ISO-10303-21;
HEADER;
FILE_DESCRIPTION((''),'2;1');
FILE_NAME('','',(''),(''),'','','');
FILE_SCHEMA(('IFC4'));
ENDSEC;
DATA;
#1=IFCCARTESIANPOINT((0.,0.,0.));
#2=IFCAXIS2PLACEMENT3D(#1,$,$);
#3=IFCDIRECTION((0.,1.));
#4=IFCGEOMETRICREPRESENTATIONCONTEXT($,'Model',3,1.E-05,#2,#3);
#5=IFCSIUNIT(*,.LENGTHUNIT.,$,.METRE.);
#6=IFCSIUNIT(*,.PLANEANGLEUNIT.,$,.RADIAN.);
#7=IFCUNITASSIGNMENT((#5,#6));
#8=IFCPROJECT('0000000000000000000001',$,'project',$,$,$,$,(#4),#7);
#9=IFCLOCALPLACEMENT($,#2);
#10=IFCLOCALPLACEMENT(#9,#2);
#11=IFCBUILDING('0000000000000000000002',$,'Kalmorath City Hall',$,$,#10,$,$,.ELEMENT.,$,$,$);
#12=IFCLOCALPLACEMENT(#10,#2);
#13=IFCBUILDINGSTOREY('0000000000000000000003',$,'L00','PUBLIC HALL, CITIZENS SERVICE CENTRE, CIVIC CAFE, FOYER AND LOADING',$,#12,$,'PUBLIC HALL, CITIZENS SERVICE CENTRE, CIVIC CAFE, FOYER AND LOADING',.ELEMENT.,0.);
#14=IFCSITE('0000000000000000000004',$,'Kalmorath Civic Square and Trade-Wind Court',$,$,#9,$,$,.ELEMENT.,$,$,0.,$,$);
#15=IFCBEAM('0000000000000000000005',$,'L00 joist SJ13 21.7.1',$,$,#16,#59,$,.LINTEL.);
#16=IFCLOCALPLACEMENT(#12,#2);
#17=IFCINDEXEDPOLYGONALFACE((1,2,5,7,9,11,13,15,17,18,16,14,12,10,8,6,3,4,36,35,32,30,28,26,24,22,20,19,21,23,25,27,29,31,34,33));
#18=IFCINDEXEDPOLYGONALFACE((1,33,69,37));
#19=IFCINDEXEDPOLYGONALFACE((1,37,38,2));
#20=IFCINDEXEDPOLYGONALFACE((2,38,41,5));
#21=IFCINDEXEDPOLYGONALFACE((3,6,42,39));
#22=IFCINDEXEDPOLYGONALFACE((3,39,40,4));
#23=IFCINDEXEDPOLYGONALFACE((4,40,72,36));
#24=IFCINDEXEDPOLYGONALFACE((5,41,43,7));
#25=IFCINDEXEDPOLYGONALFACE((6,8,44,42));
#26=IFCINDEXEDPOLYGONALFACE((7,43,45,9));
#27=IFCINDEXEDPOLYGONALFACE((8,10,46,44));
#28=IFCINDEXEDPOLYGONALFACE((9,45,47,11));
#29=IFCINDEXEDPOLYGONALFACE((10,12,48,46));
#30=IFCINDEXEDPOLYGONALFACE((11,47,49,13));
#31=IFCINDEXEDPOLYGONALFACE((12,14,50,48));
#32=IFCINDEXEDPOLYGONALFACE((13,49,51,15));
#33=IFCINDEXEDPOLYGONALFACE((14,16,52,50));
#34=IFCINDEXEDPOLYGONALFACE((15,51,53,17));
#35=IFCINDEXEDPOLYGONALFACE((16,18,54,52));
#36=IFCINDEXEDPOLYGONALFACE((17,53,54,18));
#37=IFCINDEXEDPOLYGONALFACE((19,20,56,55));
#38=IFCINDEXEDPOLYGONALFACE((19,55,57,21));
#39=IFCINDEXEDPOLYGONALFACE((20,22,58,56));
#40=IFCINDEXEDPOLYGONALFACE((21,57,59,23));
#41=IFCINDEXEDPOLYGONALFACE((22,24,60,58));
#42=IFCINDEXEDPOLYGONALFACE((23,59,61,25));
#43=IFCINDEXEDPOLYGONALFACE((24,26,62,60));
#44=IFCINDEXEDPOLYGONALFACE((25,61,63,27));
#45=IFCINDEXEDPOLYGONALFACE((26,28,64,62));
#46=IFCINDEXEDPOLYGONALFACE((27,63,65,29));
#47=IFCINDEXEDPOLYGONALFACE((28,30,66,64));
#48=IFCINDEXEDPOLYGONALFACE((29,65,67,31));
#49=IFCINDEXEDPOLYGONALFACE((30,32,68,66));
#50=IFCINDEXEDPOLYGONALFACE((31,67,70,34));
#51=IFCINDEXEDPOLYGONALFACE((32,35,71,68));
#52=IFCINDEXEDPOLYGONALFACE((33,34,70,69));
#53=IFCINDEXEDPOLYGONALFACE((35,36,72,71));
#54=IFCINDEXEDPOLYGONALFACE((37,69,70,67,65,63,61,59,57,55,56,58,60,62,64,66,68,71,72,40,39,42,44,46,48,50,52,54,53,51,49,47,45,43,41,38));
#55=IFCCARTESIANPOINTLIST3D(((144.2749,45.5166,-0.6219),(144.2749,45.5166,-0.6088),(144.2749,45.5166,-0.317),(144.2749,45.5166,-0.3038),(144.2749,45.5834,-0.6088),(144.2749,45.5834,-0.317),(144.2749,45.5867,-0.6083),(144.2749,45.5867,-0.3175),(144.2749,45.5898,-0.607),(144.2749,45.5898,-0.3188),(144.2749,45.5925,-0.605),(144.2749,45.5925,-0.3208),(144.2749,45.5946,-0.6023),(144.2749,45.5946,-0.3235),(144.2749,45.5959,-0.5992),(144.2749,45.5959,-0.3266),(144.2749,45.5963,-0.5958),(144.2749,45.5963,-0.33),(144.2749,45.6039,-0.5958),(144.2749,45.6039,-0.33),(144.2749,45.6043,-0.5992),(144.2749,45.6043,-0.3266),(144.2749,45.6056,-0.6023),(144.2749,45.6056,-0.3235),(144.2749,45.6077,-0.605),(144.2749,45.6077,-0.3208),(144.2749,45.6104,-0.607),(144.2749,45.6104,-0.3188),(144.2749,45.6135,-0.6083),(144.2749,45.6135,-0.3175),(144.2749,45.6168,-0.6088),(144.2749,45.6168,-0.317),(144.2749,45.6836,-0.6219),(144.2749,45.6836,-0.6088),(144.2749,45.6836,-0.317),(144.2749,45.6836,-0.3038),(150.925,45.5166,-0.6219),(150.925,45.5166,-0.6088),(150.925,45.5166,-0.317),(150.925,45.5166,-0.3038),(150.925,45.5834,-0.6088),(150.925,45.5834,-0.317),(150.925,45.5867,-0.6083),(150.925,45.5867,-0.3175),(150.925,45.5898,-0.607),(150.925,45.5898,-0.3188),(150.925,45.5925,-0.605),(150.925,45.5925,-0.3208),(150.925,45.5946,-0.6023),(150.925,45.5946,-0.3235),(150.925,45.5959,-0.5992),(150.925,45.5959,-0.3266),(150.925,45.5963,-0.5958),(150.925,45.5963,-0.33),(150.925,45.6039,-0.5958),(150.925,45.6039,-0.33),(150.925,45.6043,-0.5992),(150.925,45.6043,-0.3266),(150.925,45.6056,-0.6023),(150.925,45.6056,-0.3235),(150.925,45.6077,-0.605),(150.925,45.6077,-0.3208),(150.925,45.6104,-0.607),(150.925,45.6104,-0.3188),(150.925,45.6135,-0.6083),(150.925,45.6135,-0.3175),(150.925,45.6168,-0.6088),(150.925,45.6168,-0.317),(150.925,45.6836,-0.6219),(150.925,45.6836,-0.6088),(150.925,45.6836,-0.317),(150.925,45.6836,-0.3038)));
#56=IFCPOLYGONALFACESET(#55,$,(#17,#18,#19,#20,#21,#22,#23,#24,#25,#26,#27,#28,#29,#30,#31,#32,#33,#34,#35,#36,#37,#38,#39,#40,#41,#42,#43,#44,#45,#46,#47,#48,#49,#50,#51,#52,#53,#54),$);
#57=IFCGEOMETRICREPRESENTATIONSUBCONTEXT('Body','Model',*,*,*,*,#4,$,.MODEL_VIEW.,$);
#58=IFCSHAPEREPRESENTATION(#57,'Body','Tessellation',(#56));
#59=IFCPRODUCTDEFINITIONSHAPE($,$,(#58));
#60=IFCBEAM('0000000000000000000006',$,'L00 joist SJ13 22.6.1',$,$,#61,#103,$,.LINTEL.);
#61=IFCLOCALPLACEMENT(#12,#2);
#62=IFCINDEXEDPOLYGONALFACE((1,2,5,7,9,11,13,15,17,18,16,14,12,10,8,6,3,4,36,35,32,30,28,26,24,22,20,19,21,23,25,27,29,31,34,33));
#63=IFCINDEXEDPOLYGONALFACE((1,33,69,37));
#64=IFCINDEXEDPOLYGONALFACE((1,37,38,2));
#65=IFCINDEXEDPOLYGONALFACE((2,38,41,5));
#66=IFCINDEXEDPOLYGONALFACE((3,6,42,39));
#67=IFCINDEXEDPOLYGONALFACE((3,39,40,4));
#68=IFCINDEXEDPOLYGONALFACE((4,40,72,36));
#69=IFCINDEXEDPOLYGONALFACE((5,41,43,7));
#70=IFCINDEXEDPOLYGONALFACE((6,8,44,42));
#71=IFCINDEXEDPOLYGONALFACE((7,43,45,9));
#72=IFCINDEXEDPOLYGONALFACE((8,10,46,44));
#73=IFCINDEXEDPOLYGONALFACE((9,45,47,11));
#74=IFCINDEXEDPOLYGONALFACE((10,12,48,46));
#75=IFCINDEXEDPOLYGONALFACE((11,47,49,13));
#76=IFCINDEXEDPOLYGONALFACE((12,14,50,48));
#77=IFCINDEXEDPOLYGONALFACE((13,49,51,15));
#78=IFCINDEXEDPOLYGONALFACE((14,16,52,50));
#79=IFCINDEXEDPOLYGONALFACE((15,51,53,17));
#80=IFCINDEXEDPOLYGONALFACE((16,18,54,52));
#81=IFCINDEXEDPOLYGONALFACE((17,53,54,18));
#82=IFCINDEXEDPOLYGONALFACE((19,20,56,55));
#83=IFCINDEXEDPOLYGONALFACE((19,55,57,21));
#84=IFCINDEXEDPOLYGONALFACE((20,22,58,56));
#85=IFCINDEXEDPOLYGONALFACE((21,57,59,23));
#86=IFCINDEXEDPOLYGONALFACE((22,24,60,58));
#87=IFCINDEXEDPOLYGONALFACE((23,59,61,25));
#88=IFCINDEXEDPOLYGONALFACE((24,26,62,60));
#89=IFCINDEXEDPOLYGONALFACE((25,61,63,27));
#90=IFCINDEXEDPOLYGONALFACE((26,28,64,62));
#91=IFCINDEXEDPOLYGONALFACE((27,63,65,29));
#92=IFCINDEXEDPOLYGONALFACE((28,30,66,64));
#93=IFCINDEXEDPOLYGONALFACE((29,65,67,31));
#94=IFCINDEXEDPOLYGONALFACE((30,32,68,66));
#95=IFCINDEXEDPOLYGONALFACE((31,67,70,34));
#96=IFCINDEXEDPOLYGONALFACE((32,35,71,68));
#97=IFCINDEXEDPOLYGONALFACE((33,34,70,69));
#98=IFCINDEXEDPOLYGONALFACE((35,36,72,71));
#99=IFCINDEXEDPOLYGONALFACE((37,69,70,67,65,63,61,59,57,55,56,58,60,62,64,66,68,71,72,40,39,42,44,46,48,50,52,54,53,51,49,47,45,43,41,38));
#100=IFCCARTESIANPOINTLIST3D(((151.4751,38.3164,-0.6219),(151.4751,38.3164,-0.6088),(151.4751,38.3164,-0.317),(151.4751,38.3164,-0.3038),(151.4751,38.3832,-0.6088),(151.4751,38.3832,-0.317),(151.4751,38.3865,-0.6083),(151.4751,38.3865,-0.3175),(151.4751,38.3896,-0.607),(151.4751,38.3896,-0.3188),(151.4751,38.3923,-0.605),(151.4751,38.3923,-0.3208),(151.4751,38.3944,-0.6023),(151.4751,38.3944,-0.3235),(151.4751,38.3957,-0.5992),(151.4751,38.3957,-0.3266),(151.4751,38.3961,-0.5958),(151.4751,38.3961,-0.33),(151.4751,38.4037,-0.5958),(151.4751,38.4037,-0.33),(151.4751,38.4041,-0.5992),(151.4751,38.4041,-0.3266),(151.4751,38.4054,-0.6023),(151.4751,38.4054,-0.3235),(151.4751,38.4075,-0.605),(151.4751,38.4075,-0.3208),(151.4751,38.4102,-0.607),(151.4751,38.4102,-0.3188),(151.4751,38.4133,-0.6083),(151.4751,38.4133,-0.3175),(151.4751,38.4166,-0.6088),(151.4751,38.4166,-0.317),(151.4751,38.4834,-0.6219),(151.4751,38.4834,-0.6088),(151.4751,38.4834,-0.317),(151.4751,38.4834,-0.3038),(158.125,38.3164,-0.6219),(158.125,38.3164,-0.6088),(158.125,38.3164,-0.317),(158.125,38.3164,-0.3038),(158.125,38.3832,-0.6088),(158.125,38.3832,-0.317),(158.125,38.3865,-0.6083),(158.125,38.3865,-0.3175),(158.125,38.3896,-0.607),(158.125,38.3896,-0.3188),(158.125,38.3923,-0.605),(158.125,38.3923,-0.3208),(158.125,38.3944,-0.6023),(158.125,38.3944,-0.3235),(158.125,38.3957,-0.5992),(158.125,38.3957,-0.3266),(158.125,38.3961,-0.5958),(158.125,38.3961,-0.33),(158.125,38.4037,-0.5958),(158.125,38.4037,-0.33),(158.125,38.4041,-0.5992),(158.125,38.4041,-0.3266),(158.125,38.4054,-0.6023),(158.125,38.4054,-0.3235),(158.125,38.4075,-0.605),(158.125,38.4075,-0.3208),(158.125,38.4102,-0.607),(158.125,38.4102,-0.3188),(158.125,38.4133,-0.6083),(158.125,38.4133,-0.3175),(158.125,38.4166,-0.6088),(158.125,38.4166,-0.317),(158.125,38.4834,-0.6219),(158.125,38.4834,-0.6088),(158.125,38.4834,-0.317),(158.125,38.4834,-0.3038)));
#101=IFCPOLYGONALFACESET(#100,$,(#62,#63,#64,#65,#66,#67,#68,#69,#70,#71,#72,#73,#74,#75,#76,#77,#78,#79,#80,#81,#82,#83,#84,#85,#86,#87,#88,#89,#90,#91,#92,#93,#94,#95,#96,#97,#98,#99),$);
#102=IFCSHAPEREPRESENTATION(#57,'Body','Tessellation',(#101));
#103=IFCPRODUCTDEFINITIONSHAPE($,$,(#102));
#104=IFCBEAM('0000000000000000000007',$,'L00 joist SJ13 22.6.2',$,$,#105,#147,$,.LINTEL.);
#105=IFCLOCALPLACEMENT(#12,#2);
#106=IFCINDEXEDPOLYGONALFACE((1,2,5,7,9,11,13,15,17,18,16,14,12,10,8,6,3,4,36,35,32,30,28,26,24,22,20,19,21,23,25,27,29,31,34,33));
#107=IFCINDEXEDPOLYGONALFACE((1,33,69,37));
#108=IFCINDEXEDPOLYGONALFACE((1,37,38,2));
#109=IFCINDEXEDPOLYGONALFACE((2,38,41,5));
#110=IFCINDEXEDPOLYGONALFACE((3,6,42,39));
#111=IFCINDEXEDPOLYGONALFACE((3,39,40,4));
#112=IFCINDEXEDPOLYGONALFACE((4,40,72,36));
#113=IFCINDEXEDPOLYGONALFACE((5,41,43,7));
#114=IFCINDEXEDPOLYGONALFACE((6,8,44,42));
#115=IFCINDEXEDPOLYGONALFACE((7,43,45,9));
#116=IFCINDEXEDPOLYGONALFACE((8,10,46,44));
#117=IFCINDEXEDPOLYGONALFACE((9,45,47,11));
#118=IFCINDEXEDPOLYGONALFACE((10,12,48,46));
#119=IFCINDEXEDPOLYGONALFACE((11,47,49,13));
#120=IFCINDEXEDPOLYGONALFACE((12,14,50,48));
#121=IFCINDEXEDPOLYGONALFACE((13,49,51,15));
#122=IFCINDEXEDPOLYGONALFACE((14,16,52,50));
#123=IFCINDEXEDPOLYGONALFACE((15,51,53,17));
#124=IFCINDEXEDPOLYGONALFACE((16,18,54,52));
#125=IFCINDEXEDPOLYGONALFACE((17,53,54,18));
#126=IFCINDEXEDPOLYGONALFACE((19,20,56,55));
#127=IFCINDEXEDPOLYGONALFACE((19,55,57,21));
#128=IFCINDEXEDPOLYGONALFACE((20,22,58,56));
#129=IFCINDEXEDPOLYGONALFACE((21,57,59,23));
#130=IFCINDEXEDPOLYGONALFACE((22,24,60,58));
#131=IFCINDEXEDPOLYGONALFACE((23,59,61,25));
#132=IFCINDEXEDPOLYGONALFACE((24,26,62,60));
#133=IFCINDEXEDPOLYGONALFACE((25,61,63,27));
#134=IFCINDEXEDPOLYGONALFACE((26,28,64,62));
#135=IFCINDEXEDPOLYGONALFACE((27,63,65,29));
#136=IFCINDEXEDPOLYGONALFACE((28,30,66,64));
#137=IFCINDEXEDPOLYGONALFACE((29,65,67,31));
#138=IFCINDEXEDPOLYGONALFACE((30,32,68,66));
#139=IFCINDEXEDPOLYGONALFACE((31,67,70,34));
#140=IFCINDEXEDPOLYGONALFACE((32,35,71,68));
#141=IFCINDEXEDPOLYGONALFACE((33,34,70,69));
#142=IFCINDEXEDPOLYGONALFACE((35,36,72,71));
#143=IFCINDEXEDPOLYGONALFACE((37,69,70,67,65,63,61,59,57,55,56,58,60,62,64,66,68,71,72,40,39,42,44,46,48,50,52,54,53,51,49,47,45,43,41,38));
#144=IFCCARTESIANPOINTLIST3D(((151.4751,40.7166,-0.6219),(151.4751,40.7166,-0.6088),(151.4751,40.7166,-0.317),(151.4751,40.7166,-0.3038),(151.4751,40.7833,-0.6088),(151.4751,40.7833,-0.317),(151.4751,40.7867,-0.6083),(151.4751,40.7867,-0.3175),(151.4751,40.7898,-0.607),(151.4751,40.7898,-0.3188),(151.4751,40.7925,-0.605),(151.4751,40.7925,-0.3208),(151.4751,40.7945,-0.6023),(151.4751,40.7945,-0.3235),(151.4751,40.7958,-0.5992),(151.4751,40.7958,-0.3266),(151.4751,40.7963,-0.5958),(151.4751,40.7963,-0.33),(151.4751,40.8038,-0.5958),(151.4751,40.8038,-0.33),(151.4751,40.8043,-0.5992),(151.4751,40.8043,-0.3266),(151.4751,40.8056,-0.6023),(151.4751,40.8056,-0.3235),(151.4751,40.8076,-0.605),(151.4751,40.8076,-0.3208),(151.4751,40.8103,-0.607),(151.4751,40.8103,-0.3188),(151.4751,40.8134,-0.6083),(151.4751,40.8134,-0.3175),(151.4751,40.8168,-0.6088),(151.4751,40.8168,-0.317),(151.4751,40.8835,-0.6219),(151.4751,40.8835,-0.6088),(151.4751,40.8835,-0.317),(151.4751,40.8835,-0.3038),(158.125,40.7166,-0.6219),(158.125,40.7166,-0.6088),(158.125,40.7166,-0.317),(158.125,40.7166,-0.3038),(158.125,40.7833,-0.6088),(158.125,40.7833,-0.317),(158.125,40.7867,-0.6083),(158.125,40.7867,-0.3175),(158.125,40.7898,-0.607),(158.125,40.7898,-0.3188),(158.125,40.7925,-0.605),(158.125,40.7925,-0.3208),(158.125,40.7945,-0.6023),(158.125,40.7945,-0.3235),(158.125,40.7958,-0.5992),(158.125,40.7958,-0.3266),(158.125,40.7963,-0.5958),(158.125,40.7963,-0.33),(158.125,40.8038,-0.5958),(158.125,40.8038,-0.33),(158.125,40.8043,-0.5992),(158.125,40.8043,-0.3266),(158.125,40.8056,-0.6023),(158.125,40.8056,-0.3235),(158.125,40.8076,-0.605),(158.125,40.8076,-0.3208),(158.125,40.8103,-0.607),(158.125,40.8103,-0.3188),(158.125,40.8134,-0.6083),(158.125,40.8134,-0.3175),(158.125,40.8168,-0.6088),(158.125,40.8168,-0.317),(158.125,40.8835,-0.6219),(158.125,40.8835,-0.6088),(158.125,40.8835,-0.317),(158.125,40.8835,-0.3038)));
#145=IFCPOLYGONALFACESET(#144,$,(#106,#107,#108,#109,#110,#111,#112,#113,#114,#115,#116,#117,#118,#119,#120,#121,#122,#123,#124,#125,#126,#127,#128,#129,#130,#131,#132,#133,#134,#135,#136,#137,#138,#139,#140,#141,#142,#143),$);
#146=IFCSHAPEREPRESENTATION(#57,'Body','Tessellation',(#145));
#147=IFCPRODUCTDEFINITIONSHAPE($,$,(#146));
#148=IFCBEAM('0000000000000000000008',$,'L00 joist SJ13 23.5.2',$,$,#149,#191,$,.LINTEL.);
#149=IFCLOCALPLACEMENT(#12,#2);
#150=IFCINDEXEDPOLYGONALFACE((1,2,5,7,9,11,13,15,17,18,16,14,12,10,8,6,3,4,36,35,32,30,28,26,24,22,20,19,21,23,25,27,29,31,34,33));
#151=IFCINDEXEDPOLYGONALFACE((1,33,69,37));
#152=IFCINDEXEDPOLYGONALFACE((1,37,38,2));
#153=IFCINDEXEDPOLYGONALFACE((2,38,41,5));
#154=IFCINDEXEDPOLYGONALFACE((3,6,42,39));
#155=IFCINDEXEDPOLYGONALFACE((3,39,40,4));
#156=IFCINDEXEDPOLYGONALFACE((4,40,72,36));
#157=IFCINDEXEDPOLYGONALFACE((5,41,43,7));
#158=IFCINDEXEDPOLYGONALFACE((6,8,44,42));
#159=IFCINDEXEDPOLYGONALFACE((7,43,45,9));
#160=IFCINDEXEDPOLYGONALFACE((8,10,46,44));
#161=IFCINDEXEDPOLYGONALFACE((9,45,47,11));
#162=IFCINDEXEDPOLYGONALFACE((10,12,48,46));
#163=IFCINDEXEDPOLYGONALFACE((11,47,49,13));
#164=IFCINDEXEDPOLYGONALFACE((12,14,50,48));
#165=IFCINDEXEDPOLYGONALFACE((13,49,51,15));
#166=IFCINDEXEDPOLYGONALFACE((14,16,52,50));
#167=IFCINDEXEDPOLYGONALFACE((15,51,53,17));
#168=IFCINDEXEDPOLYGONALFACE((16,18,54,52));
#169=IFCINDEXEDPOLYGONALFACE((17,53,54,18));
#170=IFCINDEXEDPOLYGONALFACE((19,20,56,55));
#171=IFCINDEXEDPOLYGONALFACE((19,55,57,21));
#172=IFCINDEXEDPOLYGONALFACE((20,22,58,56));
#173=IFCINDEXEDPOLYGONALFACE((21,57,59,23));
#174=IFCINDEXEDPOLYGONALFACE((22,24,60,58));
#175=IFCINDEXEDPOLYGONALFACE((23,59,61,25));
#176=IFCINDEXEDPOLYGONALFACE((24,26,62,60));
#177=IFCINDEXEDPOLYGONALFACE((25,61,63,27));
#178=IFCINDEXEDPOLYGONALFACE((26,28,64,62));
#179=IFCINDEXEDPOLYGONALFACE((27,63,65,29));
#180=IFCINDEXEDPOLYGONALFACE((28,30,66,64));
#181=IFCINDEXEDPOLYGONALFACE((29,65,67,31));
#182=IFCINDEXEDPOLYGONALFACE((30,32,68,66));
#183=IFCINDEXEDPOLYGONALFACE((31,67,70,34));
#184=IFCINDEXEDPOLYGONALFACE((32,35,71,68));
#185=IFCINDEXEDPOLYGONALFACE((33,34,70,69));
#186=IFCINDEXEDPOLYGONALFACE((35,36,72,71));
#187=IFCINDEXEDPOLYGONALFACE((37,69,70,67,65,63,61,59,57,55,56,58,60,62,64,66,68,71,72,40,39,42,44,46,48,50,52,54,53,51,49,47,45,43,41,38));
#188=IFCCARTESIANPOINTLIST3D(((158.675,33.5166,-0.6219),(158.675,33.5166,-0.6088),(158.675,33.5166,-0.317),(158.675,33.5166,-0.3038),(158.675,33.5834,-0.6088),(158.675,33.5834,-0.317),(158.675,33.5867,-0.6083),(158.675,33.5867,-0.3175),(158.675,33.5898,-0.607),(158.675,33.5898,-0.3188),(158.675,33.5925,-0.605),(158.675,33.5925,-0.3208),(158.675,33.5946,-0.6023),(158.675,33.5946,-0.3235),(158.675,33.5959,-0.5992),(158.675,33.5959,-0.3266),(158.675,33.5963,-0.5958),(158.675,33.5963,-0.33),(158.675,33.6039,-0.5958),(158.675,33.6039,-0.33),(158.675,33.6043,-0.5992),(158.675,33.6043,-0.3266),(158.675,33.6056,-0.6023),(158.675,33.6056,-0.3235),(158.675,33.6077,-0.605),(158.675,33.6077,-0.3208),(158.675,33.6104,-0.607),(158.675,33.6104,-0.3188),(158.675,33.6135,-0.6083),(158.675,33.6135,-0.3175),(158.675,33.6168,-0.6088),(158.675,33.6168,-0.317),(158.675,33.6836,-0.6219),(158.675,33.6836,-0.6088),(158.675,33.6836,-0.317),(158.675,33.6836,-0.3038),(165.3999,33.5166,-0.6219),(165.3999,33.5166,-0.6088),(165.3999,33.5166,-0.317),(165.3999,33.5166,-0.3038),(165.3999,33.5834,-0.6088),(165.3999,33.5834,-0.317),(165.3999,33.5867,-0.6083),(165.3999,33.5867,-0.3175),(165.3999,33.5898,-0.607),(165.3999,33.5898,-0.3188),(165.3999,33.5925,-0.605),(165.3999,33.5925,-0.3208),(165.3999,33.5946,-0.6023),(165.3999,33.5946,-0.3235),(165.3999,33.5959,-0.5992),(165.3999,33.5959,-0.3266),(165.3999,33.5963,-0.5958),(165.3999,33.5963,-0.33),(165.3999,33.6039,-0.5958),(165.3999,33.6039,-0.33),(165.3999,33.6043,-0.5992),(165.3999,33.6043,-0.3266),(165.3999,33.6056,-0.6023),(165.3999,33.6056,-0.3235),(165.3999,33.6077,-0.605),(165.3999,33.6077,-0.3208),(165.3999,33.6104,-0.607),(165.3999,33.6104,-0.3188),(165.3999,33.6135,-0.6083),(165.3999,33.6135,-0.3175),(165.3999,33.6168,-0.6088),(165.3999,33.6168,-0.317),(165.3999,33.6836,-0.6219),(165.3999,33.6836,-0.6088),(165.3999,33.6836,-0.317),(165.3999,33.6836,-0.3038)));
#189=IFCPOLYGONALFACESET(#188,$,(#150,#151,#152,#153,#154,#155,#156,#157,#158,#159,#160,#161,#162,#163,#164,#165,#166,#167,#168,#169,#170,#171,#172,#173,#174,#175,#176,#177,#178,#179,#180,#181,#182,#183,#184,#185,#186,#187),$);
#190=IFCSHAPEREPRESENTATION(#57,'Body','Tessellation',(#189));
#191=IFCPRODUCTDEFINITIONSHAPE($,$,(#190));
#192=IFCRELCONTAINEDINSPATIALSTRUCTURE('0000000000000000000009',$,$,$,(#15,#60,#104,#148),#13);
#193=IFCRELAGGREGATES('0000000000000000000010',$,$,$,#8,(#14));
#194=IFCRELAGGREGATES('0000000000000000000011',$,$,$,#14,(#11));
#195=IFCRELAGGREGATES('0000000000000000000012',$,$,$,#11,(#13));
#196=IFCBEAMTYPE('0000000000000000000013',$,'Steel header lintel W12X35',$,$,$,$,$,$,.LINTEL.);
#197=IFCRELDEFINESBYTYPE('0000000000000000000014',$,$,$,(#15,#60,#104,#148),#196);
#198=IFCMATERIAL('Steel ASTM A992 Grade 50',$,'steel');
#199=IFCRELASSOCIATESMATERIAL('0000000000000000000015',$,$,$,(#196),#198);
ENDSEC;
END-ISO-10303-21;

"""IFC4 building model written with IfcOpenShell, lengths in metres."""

from ifc_helpers import new_model, si_unit, direction, frame, origin, origin_2d, place, context, subcontext, project, spatial, i_section, extrude, material, material_profile, profile_set, type_object, element, save


model = new_model("IFC4")

# Units and contexts
model_context = context("Model", 3, precision=1e-05, world=origin(), true_north=direction((0.0, 1.0)))
body_context = subcontext(model_context, "Body", "Model", "MODEL_VIEW")
ifc_project = project(units=[si_unit("LENGTHUNIT", "METRE"), si_unit("PLANEANGLEUNIT", "RADIAN")], contexts=[model_context])

# Site, building, storey
site_placement = place(None, origin())
site = spatial("IfcSite", under=ifc_project, at=site_placement, Name="Kalmorath Civic Square and Trade-Wind Court", CompositionType="ELEMENT", RefElevation=0.0)
building_placement = place(site_placement, origin())
building = spatial("IfcBuilding", under=site, at=building_placement, Name="Kalmorath City Hall", CompositionType="ELEMENT")
storey_placement = place(building_placement, origin())
storey = spatial("IfcBuildingStorey", under=building, at=storey_placement, Name="L00", Description="PUBLIC HALL, CITIZENS SERVICE CENTRE, CIVIC CAFE, FOYER AND LOADING", LongName="PUBLIC HALL, CITIZENS SERVICE CENTRE, CIVIC CAFE, FOYER AND LOADING", CompositionType="ELEMENT", Elevation=0.0)

# Beams
ifc_material_1 = material(Name="Steel ASTM A992 Grade 50", Category="steel")
ifc_material_profile_1 = material_profile(ifc_material_1, i_section(OverallWidth=0.167, OverallDepth=0.3181, WebThickness=0.0076, FlangeThickness=0.0132, FilletRadius=0.0129, at=origin_2d()), Name="W12X35")
ifc_profile_set_1 = profile_set([ifc_material_profile_1], Name="Steel ASTM A992 Grade 50")
beam_type_1 = type_object("IfcBeamType", Name="Steel header lintel W12X35", PredefinedType="LINTEL", material=ifc_profile_set_1)
beam_1_placement = place(storey_placement, frame((144.2749, 45.6001, -0.4629), z_axis=(1.0, 0.0, 0.0), x_axis=(0.0, 1.0, 0.0)))
element("IfcBeam", 1, at=beam_1_placement, inside=storey, type_object=beam_type_1, Name="L00 joist SJ13 21.7.1", PredefinedType="LINTEL", context=body_context, shape_type="SweptSolid", body=[
    extrude(i_section(OverallWidth=0.167, OverallDepth=0.3181, WebThickness=0.0076, FlangeThickness=0.0132, FilletRadius=0.0129, at=origin_2d()), origin(), (0.0, 0.0, 1.0), 6.6501),
])
for number, where, z_axis, x_axis, name in (
    (2, (151.4751, 38.3999, -0.4629), (1.0, 0.0, 0.0), (0.0, 1.0, 0.0), "L00 joist SJ13 22.6.1"),
    (3, (151.4751, 40.8, -0.4629), (1.0, 0.0, 0.0), (0.0, 1.0, 0.0), "L00 joist SJ13 22.6.2"),
):
    element("IfcBeam", number, at=place(storey_placement, frame(where, z_axis=z_axis, x_axis=x_axis)), inside=storey, type_object=beam_type_1, Name=name, PredefinedType="LINTEL", context=body_context, shape_type="SweptSolid", body=[
        extrude(i_section(OverallWidth=0.167, OverallDepth=0.3181, WebThickness=0.0076, FlangeThickness=0.0132, FilletRadius=0.0129, at=origin_2d()), origin(), (0.0, 0.0, 1.0), 6.6499),
    ])
beam_2_placement = place(storey_placement, frame((158.675, 33.6001, -0.4629), z_axis=(1.0, 0.0, 0.0), x_axis=(0.0, 1.0, 0.0)))
element("IfcBeam", 4, at=beam_2_placement, inside=storey, type_object=beam_type_1, Name="L00 joist SJ13 23.5.2", PredefinedType="LINTEL", context=body_context, shape_type="SweptSolid", body=[
    extrude(i_section(OverallWidth=0.167, OverallDepth=0.3181, WebThickness=0.0076, FlangeThickness=0.0132, FilletRadius=0.0129, at=origin_2d()), origin(), (0.0, 0.0, 1.0), 6.7249),
])

save(model, "model.ifc")
